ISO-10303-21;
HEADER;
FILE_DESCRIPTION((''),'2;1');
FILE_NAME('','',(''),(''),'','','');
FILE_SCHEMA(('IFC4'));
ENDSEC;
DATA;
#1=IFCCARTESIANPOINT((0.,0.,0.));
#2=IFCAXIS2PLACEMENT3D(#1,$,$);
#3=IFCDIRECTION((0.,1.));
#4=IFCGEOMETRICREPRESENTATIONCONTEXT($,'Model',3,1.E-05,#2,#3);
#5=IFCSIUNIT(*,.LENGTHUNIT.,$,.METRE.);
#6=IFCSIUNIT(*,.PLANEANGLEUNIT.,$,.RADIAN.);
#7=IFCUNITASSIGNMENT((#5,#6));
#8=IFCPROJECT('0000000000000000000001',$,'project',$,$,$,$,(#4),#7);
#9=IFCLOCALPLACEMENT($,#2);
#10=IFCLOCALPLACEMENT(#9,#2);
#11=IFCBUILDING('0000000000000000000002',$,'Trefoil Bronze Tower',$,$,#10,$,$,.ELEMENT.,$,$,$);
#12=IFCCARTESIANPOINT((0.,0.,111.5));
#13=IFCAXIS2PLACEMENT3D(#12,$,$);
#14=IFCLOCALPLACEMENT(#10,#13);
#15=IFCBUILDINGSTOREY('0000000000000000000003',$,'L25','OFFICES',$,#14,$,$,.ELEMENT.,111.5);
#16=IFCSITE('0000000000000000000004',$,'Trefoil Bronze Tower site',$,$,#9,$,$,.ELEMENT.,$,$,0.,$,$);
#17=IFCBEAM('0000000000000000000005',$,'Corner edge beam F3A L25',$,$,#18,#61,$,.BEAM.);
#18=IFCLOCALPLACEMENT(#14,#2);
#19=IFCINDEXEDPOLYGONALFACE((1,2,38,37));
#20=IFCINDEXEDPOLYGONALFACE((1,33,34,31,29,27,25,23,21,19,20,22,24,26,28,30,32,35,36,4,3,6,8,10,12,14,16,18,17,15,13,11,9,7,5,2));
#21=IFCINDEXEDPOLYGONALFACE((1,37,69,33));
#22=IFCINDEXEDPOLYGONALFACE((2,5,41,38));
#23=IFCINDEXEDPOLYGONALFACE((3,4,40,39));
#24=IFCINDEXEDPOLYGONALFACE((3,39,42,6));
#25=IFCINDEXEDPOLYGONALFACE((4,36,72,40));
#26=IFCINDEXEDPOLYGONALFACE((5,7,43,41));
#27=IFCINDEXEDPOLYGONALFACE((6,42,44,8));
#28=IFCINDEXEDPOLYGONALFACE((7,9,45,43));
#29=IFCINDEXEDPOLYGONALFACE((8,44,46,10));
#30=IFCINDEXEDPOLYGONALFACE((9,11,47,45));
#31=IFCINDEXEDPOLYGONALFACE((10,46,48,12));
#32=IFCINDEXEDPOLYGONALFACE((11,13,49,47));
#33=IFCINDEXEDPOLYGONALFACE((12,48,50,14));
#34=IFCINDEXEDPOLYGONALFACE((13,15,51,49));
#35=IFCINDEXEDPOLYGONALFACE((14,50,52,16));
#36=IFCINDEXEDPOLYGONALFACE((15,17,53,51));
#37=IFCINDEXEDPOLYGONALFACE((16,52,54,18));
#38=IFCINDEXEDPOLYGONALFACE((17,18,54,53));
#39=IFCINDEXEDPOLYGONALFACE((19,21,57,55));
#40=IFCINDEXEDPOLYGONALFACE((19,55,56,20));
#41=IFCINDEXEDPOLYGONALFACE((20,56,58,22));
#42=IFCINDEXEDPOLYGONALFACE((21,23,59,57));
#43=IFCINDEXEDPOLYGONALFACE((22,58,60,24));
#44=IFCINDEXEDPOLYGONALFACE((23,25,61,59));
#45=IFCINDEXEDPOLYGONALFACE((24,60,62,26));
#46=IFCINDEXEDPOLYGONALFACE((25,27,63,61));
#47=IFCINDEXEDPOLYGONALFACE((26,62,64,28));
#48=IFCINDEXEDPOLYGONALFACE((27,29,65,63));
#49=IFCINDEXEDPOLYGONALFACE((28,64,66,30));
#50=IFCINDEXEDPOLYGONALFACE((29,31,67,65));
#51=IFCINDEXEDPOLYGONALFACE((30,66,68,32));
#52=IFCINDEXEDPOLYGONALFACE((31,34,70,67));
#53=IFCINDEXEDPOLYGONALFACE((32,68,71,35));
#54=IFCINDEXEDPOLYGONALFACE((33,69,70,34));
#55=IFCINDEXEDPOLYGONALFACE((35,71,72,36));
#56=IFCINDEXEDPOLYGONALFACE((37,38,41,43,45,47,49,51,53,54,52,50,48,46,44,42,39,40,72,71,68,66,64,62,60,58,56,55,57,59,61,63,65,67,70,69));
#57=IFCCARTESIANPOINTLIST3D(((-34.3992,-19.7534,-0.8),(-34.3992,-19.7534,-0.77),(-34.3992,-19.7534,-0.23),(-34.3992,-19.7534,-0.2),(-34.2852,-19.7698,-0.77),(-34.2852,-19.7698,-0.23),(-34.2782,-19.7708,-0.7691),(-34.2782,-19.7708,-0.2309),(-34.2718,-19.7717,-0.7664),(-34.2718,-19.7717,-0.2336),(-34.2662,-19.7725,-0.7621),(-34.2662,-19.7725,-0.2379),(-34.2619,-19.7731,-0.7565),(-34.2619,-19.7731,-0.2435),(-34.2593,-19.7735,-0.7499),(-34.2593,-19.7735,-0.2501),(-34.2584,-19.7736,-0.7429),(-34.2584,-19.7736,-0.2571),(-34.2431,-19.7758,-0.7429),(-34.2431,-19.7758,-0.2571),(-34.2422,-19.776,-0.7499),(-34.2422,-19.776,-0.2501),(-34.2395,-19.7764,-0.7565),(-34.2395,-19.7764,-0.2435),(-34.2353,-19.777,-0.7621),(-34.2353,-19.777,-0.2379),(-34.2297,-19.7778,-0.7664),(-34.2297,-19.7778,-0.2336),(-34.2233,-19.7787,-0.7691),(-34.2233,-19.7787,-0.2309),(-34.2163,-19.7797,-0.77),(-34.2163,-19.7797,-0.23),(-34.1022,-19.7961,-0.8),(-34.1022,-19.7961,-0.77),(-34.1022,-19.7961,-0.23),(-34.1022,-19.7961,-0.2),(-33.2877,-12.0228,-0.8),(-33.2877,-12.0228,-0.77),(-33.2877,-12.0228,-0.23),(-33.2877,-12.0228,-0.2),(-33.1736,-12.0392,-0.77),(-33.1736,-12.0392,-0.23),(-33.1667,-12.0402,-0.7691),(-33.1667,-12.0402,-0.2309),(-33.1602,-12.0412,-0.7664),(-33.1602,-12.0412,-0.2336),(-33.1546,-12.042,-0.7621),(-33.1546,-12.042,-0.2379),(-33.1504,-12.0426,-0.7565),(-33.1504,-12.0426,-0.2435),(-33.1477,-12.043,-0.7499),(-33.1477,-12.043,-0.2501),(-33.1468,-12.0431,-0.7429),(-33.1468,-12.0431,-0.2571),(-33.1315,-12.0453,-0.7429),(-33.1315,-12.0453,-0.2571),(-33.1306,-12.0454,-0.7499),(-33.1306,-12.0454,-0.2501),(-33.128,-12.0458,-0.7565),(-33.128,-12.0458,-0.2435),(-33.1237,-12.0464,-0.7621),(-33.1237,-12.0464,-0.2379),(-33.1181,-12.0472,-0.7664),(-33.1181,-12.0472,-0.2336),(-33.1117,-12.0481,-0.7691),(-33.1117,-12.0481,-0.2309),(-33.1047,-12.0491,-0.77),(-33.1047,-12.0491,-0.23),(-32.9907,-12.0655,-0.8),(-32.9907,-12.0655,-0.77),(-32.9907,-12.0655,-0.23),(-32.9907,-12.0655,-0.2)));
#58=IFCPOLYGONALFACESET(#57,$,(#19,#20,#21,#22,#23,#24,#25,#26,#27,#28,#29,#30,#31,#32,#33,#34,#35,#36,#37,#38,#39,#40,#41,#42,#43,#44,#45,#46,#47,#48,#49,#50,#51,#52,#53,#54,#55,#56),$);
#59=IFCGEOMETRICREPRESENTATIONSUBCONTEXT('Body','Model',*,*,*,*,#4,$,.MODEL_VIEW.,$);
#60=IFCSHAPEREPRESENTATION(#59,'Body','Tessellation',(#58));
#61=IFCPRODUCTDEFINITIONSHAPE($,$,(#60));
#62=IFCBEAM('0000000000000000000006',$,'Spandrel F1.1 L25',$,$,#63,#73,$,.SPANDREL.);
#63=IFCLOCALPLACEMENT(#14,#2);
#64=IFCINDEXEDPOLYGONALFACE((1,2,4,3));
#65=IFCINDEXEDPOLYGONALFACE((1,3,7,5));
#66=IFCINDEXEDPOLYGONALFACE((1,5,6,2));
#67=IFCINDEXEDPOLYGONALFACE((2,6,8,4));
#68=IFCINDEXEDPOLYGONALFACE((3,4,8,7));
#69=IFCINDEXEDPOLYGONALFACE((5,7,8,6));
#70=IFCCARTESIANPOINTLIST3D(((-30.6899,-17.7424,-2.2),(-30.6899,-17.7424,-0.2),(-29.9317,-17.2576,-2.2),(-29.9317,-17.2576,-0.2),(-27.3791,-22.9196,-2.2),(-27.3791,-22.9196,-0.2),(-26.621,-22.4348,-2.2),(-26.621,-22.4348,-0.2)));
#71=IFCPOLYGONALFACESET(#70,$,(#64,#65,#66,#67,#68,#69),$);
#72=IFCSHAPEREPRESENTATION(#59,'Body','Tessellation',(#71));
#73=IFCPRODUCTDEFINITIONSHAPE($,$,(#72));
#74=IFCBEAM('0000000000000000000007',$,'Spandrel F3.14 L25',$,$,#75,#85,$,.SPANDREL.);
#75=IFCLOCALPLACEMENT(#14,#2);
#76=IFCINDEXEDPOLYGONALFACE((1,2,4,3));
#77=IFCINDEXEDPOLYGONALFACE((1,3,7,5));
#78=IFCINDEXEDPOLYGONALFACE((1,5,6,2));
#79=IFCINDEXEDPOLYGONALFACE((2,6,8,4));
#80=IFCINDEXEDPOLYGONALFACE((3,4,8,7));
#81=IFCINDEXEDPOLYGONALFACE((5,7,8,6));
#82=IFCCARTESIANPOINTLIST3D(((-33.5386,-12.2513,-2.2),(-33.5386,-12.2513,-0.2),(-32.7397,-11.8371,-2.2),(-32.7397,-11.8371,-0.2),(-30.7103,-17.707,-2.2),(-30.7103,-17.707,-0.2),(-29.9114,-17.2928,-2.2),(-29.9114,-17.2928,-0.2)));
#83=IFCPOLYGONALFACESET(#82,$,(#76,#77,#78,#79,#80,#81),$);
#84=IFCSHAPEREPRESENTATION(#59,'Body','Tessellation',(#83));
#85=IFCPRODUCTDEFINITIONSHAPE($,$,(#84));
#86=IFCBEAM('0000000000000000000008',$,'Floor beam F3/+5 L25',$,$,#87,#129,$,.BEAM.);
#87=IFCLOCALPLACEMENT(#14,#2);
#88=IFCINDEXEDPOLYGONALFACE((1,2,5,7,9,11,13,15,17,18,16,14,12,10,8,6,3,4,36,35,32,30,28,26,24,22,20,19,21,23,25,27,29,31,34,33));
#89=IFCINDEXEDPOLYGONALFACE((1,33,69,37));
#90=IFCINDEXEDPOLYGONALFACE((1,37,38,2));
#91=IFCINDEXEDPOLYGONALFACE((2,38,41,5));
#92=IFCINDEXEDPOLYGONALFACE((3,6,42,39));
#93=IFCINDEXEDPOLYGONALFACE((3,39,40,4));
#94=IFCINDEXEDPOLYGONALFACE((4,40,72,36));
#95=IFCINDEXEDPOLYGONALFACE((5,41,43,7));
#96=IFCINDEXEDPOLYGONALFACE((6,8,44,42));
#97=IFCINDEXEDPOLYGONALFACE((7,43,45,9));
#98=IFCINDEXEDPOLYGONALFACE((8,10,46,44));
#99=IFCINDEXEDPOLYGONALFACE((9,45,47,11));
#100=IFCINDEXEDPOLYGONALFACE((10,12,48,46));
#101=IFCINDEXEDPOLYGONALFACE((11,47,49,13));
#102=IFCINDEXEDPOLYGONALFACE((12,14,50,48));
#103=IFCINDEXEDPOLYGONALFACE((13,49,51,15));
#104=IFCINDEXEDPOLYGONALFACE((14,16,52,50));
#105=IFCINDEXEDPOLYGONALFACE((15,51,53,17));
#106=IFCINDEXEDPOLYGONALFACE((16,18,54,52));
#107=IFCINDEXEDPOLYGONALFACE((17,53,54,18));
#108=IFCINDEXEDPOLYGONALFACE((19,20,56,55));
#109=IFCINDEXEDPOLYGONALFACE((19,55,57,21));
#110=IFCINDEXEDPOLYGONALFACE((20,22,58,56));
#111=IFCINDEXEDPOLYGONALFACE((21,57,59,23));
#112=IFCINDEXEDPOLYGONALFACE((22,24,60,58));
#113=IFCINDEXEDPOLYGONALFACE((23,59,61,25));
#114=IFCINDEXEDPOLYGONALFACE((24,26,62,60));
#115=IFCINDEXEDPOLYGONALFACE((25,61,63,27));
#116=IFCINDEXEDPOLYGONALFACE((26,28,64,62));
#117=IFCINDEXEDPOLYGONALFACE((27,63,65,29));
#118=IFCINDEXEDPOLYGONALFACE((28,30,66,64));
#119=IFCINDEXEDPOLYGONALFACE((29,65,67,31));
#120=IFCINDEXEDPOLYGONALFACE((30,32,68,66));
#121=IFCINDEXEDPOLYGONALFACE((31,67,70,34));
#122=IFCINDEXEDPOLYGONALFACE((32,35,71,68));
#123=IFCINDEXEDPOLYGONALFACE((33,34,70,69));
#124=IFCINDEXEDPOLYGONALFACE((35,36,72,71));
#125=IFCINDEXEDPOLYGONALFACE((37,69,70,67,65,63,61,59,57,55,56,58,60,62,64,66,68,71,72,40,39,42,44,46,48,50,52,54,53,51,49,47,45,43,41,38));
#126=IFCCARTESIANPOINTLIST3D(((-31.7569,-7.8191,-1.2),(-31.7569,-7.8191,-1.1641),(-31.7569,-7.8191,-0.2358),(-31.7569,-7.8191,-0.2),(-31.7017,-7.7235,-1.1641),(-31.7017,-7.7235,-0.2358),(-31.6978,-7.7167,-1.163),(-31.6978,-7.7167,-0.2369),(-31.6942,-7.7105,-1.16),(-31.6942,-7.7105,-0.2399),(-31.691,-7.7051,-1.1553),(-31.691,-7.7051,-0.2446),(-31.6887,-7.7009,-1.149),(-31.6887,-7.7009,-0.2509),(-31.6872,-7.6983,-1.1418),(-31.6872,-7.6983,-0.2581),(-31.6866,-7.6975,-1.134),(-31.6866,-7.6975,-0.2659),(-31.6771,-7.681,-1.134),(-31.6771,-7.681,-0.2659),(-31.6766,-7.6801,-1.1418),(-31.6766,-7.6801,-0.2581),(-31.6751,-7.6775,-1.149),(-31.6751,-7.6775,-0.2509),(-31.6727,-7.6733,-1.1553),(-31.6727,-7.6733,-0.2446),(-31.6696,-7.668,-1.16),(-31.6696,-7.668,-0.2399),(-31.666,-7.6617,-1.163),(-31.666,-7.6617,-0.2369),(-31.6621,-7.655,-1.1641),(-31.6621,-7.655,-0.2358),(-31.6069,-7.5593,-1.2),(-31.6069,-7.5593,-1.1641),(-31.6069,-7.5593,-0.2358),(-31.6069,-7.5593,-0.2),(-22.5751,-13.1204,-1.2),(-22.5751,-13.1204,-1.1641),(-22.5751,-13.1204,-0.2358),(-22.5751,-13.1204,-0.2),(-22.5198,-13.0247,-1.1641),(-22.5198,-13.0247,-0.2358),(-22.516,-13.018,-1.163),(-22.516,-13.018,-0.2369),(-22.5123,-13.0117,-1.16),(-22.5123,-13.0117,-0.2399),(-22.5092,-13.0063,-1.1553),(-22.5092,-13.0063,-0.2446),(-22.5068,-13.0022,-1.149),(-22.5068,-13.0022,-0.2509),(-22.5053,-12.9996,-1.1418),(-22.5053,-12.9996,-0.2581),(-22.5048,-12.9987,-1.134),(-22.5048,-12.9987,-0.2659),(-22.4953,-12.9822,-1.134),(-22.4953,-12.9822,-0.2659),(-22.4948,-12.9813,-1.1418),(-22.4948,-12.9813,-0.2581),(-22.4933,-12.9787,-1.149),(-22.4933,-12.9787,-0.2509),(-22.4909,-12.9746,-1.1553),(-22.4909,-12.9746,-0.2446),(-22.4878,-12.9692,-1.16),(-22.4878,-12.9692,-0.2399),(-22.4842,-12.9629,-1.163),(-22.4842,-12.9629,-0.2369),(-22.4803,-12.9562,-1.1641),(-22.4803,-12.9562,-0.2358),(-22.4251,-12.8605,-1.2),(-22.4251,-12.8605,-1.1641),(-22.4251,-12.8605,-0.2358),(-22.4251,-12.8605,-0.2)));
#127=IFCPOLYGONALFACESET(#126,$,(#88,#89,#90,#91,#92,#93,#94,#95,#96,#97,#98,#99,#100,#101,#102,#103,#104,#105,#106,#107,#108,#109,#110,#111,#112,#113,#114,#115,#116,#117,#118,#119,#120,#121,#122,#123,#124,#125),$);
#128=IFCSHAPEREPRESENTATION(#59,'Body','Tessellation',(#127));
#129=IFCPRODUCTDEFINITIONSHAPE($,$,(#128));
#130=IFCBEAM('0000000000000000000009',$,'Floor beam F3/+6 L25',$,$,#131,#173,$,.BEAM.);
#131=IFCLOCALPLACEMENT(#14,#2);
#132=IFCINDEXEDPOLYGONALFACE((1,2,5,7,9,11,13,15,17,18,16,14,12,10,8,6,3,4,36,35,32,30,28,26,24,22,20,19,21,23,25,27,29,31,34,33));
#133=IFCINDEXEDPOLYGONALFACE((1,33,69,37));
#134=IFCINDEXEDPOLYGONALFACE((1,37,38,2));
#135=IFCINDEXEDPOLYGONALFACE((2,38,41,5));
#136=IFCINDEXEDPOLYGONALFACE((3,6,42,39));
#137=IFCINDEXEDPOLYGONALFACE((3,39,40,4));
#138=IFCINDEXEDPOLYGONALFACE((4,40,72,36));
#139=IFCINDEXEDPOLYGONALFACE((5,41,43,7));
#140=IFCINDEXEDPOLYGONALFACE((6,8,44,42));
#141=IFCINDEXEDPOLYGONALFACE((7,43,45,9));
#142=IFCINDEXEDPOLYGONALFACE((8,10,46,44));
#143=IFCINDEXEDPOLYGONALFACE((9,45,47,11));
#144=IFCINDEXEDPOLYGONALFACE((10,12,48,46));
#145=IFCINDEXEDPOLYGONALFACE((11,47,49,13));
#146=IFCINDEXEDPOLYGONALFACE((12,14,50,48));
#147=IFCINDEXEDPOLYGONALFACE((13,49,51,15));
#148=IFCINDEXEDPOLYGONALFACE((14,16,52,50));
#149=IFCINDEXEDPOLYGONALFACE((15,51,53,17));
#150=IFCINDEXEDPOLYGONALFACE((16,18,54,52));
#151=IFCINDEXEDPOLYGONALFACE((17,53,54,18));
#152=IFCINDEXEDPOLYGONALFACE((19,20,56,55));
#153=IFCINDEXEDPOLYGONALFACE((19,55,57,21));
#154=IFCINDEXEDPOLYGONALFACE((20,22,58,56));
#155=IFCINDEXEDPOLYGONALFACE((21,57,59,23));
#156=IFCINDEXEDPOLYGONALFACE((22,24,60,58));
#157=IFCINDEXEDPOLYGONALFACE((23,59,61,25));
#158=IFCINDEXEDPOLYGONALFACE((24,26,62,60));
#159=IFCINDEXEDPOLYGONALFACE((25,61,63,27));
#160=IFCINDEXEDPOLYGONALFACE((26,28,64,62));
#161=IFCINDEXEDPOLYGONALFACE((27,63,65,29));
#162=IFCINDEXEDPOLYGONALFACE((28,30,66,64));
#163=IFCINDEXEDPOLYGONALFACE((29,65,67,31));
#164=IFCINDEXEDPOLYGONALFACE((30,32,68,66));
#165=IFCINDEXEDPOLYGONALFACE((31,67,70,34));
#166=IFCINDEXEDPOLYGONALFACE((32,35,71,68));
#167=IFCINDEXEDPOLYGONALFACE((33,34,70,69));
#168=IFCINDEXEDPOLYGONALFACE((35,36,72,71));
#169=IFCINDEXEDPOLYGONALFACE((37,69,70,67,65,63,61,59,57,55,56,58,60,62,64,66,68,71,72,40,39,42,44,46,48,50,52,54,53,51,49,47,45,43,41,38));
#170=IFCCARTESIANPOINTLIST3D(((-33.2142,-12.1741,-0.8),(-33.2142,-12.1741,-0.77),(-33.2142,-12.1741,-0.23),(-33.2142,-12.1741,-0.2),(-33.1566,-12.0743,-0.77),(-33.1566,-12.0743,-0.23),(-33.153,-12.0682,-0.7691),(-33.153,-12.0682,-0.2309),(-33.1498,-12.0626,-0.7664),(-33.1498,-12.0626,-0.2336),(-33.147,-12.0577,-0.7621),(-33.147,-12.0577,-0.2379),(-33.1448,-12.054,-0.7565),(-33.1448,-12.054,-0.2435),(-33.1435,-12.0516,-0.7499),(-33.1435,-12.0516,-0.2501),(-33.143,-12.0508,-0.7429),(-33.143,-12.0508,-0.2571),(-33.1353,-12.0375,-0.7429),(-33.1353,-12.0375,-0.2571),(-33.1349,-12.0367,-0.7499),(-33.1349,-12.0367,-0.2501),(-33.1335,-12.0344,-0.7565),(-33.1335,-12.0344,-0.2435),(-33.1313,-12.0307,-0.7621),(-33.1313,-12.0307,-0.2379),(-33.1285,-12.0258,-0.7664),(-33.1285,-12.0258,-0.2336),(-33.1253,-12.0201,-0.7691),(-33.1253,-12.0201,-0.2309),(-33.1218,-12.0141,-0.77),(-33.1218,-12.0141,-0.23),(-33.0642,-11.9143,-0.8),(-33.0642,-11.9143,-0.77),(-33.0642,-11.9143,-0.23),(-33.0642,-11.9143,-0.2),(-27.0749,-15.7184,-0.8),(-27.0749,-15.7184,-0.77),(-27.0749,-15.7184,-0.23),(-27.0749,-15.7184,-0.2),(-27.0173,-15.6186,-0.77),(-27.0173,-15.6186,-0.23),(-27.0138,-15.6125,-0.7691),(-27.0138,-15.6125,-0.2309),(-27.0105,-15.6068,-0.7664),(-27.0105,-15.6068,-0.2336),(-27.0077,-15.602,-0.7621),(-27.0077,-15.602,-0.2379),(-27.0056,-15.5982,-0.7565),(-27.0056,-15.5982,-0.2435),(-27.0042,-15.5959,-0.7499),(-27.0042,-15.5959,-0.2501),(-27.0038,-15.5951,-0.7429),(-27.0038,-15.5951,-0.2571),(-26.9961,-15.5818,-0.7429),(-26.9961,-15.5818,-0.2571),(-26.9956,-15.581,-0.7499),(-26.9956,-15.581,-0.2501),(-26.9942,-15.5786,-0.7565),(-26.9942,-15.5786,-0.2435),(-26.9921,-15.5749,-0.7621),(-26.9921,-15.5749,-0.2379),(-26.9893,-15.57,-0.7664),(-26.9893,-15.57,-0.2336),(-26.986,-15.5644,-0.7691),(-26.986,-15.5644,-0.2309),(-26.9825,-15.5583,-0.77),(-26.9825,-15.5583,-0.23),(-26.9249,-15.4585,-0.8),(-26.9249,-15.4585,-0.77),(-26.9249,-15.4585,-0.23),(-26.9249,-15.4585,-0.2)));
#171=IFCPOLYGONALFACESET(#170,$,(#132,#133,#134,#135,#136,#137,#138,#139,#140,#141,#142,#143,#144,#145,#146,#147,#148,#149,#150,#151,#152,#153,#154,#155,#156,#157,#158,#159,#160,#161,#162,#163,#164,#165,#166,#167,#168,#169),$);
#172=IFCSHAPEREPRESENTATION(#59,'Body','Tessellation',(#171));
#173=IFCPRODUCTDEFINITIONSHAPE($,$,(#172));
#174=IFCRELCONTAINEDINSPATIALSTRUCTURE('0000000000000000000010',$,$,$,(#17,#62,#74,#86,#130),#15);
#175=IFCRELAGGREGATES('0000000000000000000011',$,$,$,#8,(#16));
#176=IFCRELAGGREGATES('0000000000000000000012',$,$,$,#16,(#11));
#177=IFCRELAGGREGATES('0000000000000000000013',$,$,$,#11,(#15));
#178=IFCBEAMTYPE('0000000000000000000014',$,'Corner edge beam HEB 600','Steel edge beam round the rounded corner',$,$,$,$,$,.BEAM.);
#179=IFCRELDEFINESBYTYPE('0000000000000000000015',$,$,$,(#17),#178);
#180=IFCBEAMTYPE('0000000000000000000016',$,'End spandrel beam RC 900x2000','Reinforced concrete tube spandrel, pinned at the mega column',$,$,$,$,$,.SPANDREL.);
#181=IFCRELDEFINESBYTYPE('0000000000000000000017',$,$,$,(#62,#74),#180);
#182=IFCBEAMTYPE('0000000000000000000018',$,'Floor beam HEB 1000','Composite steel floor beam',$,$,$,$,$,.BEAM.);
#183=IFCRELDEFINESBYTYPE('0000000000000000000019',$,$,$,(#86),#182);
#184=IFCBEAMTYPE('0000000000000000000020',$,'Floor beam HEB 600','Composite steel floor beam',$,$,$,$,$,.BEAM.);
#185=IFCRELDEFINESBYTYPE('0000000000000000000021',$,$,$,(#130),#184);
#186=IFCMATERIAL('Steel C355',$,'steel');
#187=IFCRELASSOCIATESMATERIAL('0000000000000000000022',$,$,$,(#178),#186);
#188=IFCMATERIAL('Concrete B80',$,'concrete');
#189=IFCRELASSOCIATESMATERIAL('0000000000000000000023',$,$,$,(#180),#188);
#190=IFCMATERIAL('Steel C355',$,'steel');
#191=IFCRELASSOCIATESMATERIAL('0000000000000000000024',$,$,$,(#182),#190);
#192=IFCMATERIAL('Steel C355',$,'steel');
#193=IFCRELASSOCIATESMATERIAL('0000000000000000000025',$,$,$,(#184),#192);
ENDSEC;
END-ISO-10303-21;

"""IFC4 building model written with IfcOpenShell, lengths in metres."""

from ifc_helpers import new_model, si_unit, direction, frame, origin, origin_2d, place, context, subcontext, project, spatial, rectangle, i_section, extrude, material, material_profile, profile_set, type_object, element, save


model = new_model("IFC4")

# Units and contexts
model_context = context("Model", 3, precision=1e-05, world=origin(), true_north=direction((0.0, 1.0)))
body_context = subcontext(model_context, "Body", "Model", "MODEL_VIEW")
ifc_project = project(units=[si_unit("LENGTHUNIT", "METRE"), si_unit("PLANEANGLEUNIT", "RADIAN")], contexts=[model_context])

# Site, building, storey
site_placement = place(None, origin())
site = spatial("IfcSite", under=ifc_project, at=site_placement, Name="Trefoil Bronze Tower site", CompositionType="ELEMENT", RefElevation=0.0)
building_placement = place(site_placement, origin())
building = spatial("IfcBuilding", under=site, at=building_placement, Name="Trefoil Bronze Tower", CompositionType="ELEMENT")
storey_placement = place(building_placement, frame((0.0, 0.0, 111.5)))
storey = spatial("IfcBuildingStorey", under=building, at=storey_placement, Name="L25", Description="OFFICES", CompositionType="ELEMENT", Elevation=111.5)

# Beams
ifc_material_1 = material(Name="Steel C355", Category="steel")
ifc_material_profile_1 = material_profile(ifc_material_1, i_section(OverallWidth=0.3, OverallDepth=0.6001, WebThickness=0.0154, FlangeThickness=0.03, FilletRadius=0.0271, at=origin_2d()), Name="HEB 600")
ifc_profile_set_1 = profile_set([ifc_material_profile_1], Name="Steel C355")
beam_type_1 = type_object("IfcBeamType", Name="Corner edge beam HEB 600", Description="Steel edge beam round the rounded corner", PredefinedType="BEAM", material=ifc_profile_set_1)
beam_1_placement = place(storey_placement, frame((-33.1392, -12.0442, -0.5), z_axis=(-0.142327, -0.98982, 0.0), x_axis=(0.98982, -0.142327, 0.0)))
element("IfcBeam", 1, at=beam_1_placement, inside=storey, type_object=beam_type_1, Name="Corner edge beam F3A L25", PredefinedType="BEAM", context=body_context, shape_type="SweptSolid", body=[
    extrude(i_section(OverallWidth=0.3, OverallDepth=0.6001, WebThickness=0.0154, FlangeThickness=0.03, FilletRadius=0.0271, at=origin_2d()), origin(), (0.0, 0.0, 1.0), 7.8101),
])
ifc_material_2 = material(Name="Concrete B80", Category="concrete")
ifc_material_profile_2 = material_profile(ifc_material_2, rectangle(XDim=0.8999, YDim=2.0, at=origin_2d()), Name="RC 900x2000")
ifc_profile_set_2 = profile_set([ifc_material_profile_2], Name="Concrete B80")
beam_type_2 = type_object("IfcBeamType", Name="End spandrel beam RC 900x2000", Description="Reinforced concrete tube spandrel, pinned at the mega column", PredefinedType="SPANDREL", material=ifc_profile_set_2)
for number, where, z_axis, x_axis, name in (
    (2, (-30.3108, -17.5, -1.2), (0.538748, -0.842467, 0.0), (0.842467, 0.538748, 0.0), "Spandrel F1.1 L25"),
    (3, (-33.1392, -12.0442, -1.2), (0.460244, -0.887792, 0.0), (0.887792, 0.460244, 0.0), "Spandrel F3.14 L25"),
):
    element("IfcBeam", number, at=place(storey_placement, frame(where, z_axis=z_axis, x_axis=x_axis)), inside=storey, type_object=beam_type_2, Name=name, PredefinedType="SPANDREL", context=body_context, shape_type="SweptSolid", body=[
        extrude(rectangle(XDim=0.8999, YDim=2.0, at=origin_2d()), origin(), (0.0, 0.0, 1.0), 6.1453),
    ])
ifc_material_3 = material(Name="Steel C355", Category="steel")
ifc_material_profile_3 = material_profile(ifc_material_3, i_section(OverallWidth=0.3, OverallDepth=1.0, WebThickness=0.019, FlangeThickness=0.0359, FilletRadius=0.03, at=origin_2d()), Name="HEB 1000")
ifc_profile_set_3 = profile_set([ifc_material_profile_3], Name="Steel C355")
beam_type_3 = type_object("IfcBeamType", Name="Floor beam HEB 1000", Description="Composite steel floor beam", PredefinedType="BEAM", material=ifc_profile_set_3)
beam_2_placement = place(storey_placement, frame((-31.6819, -7.6892, -0.7), z_axis=(0.866021, -0.500007, 0.0), x_axis=(0.500007, 0.866021, 0.0)))
element("IfcBeam", 4, at=beam_2_placement, inside=storey, type_object=beam_type_3, Name="Floor beam F3/+5 L25", PredefinedType="BEAM", context=body_context, shape_type="SweptSolid", body=[
    extrude(i_section(OverallWidth=0.3, OverallDepth=1.0, WebThickness=0.019, FlangeThickness=0.0359, FilletRadius=0.03, at=origin_2d()), origin(), (0.0, 0.0, 1.0), 10.6023),
])
ifc_material_4 = material(Name="Steel C355", Category="steel")
ifc_material_profile_4 = material_profile(ifc_material_4, i_section(OverallWidth=0.3, OverallDepth=0.6001, WebThickness=0.0154, FlangeThickness=0.03, FilletRadius=0.0271, at=origin_2d()), Name="HEB 600")
ifc_profile_set_4 = profile_set([ifc_material_profile_4], Name="Steel C355")
beam_type_4 = type_object("IfcBeamType", Name="Floor beam HEB 600", Description="Composite steel floor beam", PredefinedType="BEAM", material=ifc_profile_set_4)
beam_3_placement = place(storey_placement, frame((-33.1392, -12.0442, -0.5), z_axis=(0.866041, -0.499973, 0.0), x_axis=(0.499973, 0.866041, 0.0)))
element("IfcBeam", 5, at=beam_3_placement, inside=storey, type_object=beam_type_4, Name="Floor beam F3/+6 L25", PredefinedType="BEAM", context=body_context, shape_type="SweptSolid", body=[
    extrude(i_section(OverallWidth=0.3, OverallDepth=0.6001, WebThickness=0.0154, FlangeThickness=0.03, FilletRadius=0.0271, at=origin_2d()), origin(), (0.0, 0.0, 1.0), 7.0889),
])

save(model, "model.ifc")
